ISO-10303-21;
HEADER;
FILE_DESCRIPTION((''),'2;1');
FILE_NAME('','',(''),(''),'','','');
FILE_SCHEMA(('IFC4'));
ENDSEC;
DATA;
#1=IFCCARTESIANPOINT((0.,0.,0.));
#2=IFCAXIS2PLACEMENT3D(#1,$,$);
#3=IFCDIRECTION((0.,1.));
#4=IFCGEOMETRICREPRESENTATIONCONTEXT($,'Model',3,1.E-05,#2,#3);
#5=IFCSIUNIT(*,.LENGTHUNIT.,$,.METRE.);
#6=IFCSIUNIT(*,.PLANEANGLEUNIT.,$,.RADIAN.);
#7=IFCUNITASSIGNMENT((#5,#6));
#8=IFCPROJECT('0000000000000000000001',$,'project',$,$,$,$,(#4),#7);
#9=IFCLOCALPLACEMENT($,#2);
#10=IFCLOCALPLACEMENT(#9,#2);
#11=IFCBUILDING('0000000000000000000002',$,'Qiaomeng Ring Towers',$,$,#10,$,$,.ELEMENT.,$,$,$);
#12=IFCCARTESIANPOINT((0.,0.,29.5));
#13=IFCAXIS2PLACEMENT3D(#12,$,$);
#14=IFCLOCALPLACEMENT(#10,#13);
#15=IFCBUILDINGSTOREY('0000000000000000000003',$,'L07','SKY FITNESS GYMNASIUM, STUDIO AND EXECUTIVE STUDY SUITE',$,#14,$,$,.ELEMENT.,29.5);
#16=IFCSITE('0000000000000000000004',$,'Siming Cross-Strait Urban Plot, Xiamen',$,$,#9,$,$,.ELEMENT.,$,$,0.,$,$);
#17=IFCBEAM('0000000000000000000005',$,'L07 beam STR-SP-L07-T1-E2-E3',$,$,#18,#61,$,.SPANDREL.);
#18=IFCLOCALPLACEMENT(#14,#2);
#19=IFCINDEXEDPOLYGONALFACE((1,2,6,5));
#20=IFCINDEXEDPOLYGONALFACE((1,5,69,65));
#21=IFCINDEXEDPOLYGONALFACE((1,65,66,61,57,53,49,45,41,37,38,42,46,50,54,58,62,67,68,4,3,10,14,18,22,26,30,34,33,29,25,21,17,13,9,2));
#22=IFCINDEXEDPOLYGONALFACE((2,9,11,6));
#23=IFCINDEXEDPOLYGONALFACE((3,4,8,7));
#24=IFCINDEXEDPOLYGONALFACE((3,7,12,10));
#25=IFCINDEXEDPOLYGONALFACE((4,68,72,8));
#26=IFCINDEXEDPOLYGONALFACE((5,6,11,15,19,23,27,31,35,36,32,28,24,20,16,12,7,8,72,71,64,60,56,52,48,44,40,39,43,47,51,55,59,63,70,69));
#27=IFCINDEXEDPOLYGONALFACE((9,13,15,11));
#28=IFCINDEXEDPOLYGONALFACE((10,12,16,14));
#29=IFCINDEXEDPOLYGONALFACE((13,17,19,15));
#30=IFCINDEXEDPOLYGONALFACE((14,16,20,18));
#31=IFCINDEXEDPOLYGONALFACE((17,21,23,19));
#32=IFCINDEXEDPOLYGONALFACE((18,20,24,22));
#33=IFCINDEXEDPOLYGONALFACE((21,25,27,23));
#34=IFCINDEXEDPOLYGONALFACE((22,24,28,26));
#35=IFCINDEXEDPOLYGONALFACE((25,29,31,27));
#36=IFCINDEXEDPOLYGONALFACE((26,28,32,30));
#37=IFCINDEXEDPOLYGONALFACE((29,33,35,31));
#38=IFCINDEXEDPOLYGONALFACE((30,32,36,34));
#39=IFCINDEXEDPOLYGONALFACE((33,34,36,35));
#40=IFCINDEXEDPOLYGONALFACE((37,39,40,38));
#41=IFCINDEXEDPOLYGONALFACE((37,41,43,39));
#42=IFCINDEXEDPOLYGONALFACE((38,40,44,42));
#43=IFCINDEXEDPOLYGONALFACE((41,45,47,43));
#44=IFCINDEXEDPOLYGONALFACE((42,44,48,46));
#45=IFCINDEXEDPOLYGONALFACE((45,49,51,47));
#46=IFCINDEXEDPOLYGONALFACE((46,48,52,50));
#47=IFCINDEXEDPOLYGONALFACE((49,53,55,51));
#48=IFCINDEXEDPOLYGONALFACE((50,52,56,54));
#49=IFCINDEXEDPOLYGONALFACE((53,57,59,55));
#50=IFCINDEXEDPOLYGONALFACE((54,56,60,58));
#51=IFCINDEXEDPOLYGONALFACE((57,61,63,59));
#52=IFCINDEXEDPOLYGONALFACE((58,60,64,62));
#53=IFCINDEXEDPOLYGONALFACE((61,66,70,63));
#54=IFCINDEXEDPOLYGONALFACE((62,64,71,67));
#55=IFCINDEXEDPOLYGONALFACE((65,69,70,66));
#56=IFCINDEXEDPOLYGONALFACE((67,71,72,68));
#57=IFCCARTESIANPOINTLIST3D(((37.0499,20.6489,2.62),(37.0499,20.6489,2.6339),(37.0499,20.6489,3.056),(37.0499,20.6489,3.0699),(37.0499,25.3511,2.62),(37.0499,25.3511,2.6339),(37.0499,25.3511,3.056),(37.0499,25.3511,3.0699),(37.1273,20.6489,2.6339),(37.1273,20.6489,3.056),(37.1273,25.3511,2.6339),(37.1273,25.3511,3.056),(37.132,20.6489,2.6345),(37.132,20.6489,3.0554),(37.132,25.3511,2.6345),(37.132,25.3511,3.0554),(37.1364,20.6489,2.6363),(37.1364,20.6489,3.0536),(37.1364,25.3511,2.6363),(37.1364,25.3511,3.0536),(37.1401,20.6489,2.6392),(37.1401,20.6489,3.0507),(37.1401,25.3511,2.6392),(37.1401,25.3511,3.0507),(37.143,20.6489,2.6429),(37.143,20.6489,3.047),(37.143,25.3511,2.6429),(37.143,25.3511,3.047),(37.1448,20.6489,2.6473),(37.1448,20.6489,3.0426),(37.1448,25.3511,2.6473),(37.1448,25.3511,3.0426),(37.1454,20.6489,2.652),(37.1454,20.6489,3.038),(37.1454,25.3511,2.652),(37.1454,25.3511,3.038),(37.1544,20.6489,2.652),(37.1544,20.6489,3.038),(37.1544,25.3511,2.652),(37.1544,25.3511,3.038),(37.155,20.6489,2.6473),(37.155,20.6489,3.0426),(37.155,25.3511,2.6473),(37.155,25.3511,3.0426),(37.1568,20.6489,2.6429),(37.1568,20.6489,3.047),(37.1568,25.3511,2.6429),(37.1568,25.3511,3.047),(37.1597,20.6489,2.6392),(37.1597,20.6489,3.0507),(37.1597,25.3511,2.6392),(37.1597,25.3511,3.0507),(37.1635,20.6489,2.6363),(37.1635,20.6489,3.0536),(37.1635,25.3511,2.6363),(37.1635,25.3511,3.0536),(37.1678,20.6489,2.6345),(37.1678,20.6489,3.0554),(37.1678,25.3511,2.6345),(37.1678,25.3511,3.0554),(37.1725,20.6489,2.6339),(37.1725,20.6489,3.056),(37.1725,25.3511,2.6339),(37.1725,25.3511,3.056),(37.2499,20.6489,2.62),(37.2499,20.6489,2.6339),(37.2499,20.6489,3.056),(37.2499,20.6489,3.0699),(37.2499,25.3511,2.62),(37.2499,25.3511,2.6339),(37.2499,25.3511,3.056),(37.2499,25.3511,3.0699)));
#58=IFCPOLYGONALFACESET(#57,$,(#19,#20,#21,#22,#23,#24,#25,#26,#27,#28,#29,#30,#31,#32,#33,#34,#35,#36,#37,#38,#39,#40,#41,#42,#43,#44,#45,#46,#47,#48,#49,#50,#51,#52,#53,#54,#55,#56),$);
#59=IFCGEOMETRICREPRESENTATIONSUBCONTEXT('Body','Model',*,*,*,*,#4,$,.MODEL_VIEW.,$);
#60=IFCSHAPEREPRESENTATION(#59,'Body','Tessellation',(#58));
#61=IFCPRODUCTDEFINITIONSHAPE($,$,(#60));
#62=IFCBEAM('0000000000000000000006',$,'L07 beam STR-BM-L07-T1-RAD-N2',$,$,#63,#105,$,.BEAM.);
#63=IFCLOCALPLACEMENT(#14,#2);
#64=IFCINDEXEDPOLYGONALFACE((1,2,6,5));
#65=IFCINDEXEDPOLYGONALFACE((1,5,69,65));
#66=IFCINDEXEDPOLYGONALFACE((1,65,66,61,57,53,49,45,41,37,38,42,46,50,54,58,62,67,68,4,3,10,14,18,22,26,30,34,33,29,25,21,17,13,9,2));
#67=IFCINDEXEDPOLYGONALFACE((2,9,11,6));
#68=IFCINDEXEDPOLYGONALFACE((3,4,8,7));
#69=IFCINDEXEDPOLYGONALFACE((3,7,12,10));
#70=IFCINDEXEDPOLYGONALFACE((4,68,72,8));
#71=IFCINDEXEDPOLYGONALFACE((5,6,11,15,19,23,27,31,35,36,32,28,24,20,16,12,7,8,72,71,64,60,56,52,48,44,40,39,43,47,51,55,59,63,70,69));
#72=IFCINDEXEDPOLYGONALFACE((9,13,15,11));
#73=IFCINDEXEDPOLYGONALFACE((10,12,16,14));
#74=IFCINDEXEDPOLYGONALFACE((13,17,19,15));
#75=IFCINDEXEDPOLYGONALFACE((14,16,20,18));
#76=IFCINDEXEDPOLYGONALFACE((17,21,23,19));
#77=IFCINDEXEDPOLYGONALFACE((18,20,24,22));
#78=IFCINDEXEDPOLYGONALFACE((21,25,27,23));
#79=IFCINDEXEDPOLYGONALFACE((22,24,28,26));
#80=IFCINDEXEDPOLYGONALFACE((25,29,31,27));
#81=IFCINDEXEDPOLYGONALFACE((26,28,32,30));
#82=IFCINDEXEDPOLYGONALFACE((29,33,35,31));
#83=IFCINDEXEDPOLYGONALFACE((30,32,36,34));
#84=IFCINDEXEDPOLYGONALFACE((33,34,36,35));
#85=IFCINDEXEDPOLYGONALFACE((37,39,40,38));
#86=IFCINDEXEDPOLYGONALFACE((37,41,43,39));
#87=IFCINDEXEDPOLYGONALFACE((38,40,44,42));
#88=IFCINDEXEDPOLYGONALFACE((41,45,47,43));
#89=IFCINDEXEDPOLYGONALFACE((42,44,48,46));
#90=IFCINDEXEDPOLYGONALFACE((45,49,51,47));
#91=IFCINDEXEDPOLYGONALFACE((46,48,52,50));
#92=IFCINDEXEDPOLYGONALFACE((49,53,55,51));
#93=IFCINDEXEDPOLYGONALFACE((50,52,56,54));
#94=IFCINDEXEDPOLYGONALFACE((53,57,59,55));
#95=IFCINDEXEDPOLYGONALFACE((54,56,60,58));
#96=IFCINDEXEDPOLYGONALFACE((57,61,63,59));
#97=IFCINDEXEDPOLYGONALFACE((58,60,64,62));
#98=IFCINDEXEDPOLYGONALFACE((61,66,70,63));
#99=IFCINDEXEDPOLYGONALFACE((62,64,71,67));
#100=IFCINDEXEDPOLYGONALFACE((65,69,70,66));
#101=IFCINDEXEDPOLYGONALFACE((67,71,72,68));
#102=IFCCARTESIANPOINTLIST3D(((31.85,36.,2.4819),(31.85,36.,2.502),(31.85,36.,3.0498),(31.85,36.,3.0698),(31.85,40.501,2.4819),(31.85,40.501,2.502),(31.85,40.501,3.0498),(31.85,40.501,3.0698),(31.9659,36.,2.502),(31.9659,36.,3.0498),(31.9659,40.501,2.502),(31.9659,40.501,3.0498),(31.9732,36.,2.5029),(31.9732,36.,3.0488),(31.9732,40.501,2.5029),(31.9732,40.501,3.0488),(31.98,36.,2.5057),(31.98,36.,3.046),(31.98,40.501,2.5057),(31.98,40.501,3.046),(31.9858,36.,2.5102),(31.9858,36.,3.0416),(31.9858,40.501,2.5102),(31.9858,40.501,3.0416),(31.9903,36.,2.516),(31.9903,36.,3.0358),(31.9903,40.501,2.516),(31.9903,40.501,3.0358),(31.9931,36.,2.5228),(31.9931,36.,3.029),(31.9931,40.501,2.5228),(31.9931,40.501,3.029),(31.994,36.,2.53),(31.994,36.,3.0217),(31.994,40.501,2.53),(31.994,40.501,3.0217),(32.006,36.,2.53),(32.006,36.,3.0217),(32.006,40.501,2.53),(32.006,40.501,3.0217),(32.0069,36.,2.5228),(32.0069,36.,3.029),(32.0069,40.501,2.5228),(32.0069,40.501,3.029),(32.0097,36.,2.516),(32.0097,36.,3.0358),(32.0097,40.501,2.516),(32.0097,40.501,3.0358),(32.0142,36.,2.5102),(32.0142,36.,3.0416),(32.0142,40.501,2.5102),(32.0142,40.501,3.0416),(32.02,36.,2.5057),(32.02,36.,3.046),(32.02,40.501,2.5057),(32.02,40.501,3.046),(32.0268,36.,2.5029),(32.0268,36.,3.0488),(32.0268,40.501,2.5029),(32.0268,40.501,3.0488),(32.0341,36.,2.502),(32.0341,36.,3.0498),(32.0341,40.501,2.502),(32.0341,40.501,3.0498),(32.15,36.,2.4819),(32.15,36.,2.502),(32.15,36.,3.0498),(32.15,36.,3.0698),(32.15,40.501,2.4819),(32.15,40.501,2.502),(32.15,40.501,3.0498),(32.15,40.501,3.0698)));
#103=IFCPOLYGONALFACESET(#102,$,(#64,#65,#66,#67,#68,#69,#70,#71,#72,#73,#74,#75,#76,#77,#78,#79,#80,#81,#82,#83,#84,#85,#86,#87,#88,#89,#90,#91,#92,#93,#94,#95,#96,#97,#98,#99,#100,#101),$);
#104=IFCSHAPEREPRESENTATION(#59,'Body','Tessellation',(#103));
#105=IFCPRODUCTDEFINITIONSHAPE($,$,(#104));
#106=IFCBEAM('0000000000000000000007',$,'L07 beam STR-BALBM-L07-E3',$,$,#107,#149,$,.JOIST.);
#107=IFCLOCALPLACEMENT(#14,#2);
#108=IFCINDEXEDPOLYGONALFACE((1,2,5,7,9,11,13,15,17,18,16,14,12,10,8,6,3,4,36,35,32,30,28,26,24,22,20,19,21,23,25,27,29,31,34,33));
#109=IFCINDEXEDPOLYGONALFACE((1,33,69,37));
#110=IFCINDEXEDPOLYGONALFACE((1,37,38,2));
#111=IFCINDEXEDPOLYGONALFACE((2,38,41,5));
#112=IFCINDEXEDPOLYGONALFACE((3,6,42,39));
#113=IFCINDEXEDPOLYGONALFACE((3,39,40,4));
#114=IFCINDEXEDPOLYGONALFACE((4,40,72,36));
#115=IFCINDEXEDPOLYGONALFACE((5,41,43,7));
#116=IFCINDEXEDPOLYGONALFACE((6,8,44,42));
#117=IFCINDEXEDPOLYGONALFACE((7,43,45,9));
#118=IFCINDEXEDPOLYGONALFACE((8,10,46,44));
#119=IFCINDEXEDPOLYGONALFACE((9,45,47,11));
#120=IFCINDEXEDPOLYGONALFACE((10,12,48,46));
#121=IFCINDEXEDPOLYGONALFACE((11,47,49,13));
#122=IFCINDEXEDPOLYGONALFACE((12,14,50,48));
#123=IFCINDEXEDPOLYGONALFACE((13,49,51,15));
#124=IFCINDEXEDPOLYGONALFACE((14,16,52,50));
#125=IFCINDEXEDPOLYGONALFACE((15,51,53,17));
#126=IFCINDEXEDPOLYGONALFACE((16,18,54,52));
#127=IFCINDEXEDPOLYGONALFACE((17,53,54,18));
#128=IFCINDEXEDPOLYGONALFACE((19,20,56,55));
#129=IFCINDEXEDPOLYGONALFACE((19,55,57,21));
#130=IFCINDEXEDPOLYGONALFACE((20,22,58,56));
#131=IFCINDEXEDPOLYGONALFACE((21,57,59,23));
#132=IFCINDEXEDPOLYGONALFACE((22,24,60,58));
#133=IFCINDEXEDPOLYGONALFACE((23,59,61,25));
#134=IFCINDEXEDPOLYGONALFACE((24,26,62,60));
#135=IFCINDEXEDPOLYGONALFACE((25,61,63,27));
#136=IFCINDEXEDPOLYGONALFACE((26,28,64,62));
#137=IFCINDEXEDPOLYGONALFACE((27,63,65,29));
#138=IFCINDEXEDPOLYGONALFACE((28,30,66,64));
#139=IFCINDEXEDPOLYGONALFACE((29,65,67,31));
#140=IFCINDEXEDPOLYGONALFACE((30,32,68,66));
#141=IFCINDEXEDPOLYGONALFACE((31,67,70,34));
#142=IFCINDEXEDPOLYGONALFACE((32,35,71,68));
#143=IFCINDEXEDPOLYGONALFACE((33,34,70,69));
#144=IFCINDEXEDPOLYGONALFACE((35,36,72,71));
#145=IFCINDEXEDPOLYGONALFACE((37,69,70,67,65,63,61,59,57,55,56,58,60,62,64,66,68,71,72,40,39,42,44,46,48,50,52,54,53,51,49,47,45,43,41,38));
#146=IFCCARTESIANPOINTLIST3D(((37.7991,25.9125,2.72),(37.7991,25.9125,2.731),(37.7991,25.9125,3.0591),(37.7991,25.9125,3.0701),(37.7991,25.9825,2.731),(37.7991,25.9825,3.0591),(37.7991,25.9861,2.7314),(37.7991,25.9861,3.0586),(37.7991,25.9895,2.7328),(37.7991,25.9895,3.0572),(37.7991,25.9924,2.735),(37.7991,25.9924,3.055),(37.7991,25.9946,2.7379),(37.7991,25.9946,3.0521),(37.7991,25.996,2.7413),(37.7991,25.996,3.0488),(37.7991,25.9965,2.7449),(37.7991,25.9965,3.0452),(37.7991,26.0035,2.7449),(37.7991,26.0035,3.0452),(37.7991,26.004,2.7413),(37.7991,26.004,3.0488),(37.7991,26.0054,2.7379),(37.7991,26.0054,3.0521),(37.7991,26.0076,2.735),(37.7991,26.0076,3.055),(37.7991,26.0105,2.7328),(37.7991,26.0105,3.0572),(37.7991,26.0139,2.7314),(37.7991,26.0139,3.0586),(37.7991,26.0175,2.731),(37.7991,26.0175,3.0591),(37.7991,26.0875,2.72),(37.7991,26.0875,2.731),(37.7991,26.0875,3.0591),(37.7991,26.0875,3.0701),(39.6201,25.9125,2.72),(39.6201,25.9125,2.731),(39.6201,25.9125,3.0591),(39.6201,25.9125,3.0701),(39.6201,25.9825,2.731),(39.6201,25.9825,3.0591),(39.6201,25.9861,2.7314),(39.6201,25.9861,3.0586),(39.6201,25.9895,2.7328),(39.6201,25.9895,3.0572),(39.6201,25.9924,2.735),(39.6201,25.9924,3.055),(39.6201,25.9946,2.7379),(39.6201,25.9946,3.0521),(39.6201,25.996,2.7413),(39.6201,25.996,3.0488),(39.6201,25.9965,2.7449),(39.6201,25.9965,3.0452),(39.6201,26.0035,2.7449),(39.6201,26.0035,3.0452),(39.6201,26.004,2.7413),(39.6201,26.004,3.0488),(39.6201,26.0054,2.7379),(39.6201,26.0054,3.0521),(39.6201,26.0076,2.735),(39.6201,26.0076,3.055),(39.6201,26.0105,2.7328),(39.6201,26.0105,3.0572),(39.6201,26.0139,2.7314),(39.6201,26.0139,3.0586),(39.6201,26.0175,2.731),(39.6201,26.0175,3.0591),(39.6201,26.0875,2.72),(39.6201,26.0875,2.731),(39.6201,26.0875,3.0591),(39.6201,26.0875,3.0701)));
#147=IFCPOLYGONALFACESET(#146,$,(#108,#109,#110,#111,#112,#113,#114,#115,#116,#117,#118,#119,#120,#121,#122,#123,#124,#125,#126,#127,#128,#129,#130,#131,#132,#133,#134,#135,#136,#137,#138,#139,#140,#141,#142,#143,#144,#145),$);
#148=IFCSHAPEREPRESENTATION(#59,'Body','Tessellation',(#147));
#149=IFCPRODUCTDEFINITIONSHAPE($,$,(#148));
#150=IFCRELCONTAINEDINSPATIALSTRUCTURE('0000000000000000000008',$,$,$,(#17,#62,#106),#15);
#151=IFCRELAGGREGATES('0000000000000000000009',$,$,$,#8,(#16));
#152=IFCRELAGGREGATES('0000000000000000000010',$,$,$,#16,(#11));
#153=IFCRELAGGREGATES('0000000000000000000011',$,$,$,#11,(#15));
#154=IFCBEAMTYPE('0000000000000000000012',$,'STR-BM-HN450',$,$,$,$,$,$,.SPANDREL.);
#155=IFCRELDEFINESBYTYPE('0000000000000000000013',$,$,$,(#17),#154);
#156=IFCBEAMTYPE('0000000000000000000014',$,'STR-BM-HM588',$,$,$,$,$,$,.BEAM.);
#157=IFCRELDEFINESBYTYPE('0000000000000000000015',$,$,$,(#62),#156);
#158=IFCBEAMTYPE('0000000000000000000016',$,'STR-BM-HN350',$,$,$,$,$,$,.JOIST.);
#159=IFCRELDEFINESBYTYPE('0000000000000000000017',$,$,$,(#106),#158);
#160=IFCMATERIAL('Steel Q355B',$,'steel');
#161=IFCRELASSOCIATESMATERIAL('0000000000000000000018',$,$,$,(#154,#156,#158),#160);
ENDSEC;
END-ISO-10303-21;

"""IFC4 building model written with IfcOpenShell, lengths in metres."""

from ifc_helpers import new_model, si_unit, direction, frame, origin, origin_2d, place, context, subcontext, project, spatial, i_section, extrude, source, transform, mapped, material, material_profile, profile_set, type_object, element, save


model = new_model("IFC4")

# Units and contexts
model_context = context("Model", 3, precision=1e-05, world=origin(), true_north=direction((0.0, 1.0)))
body_context = subcontext(model_context, "Body", "Model", "MODEL_VIEW")
ifc_project = project(units=[si_unit("LENGTHUNIT", "METRE"), si_unit("PLANEANGLEUNIT", "RADIAN")], contexts=[model_context])

# Site, building, storey
site_placement = place(None, origin())
site = spatial("IfcSite", under=ifc_project, at=site_placement, Name="Siming Cross-Strait Urban Plot, Xiamen", CompositionType="ELEMENT", RefElevation=0.0)
building_placement = place(site_placement, origin())
building = spatial("IfcBuilding", under=site, at=building_placement, Name="Qiaomeng Ring Towers", CompositionType="ELEMENT")
storey_placement = place(building_placement, frame((0.0, 0.0, 29.5)))
storey = spatial("IfcBuildingStorey", under=building, at=storey_placement, Name="L07", Description="SKY FITNESS GYMNASIUM, STUDIO AND EXECUTIVE STUDY SUITE", CompositionType="ELEMENT", Elevation=29.5)

# Beams
ifc_material_1 = material(Name="Steel Q355B", Category="steel")
ifc_material_profile_1 = material_profile(ifc_material_1, i_section(OverallWidth=0.2, OverallDepth=0.45, WebThickness=0.009, FlangeThickness=0.0139, FilletRadius=0.0181, at=origin_2d()), Name="HN 450x200x9x14")
ifc_profile_set_1 = profile_set([ifc_material_profile_1], Name="Steel Q355B")
beam_type_1 = type_object("IfcBeamType", Name="STR-BM-HN450", PredefinedType="SPANDREL", material=ifc_profile_set_1)
shared_shape_1 = source(origin(), body_context, "Body", "SweptSolid", [
    extrude(i_section(OverallWidth=0.2, OverallDepth=0.45, WebThickness=0.009, FlangeThickness=0.0139, FilletRadius=0.0181, at=origin_2d()), origin(), (0.0, 0.0, 1.0), 4.7021),
])
beam_1_placement = place(storey_placement, frame((37.1499, 20.6489, 2.845), z_axis=(0.0, 1.0, 0.0), x_axis=(-1.0, 0.0, 0.0)))
element("IfcBeam", 1, at=beam_1_placement, inside=storey, type_object=beam_type_1, Name="L07 beam STR-SP-L07-T1-E2-E3", PredefinedType="SPANDREL", context=body_context, shape_type="MappedRepresentation", body=[
    mapped(shared_shape_1, transform((0.0, 0.0, 0.0), x_axis=(1.0, 0.0, 0.0), y_axis=(0.0, 1.0, 0.0), z_axis=(0.0, 0.0, 1.0), scale=1.0)),
])
ifc_material_profile_2 = material_profile(ifc_material_1, i_section(OverallWidth=0.3, OverallDepth=0.5879, WebThickness=0.012, FlangeThickness=0.02, FilletRadius=0.0281, at=origin_2d()), Name="HM 588x300x12x20")
ifc_profile_set_2 = profile_set([ifc_material_profile_2], Name="Steel Q355B")
beam_type_2 = type_object("IfcBeamType", Name="STR-BM-HM588", PredefinedType="BEAM", material=ifc_profile_set_2)
shared_shape_2 = source(origin(), body_context, "Body", "SweptSolid", [
    extrude(i_section(OverallWidth=0.3, OverallDepth=0.5879, WebThickness=0.012, FlangeThickness=0.02, FilletRadius=0.0281, at=origin_2d()), origin(), (0.0, 0.0, 1.0), 4.501),
])
beam_2_placement = place(storey_placement, frame((32.0, 40.501, 2.7759), z_axis=(0.0, -1.0, 0.0), x_axis=(1.0, 0.0, 0.0)))
element("IfcBeam", 2, at=beam_2_placement, inside=storey, type_object=beam_type_2, Name="L07 beam STR-BM-L07-T1-RAD-N2", PredefinedType="BEAM", context=body_context, shape_type="MappedRepresentation", body=[
    mapped(shared_shape_2, transform((0.0, 0.0, 0.0), x_axis=(1.0, 0.0, 0.0), y_axis=(0.0, 1.0, 0.0), z_axis=(0.0, 0.0, 1.0), scale=1.0)),
])
ifc_material_profile_3 = material_profile(ifc_material_1, i_section(OverallWidth=0.175, OverallDepth=0.3501, WebThickness=0.0071, FlangeThickness=0.011, FilletRadius=0.0139, at=origin_2d()), Name="HN 350x175x7x11")
ifc_profile_set_3 = profile_set([ifc_material_profile_3], Name="Steel Q355B")
beam_type_3 = type_object("IfcBeamType", Name="STR-BM-HN350", PredefinedType="JOIST", material=ifc_profile_set_3)
shared_shape_3 = source(origin(), body_context, "Body", "SweptSolid", [
    extrude(i_section(OverallWidth=0.175, OverallDepth=0.3501, WebThickness=0.0071, FlangeThickness=0.011, FilletRadius=0.0139, at=origin_2d()), origin(), (0.0, 0.0, 1.0), 1.821),
])
beam_3_placement = place(storey_placement, frame((37.7991, 26.0, 2.895), z_axis=(1.0, 0.0, 0.0), x_axis=(0.0, 1.0, 0.0)))
element("IfcBeam", 3, at=beam_3_placement, inside=storey, type_object=beam_type_3, Name="L07 beam STR-BALBM-L07-E3", PredefinedType="JOIST", context=body_context, shape_type="MappedRepresentation", body=[
    mapped(shared_shape_3, transform((0.0, 0.0, 0.0), x_axis=(1.0, 0.0, 0.0), y_axis=(0.0, 1.0, 0.0), z_axis=(0.0, 0.0, 1.0), scale=1.0)),
])

save(model, "model.ifc")
